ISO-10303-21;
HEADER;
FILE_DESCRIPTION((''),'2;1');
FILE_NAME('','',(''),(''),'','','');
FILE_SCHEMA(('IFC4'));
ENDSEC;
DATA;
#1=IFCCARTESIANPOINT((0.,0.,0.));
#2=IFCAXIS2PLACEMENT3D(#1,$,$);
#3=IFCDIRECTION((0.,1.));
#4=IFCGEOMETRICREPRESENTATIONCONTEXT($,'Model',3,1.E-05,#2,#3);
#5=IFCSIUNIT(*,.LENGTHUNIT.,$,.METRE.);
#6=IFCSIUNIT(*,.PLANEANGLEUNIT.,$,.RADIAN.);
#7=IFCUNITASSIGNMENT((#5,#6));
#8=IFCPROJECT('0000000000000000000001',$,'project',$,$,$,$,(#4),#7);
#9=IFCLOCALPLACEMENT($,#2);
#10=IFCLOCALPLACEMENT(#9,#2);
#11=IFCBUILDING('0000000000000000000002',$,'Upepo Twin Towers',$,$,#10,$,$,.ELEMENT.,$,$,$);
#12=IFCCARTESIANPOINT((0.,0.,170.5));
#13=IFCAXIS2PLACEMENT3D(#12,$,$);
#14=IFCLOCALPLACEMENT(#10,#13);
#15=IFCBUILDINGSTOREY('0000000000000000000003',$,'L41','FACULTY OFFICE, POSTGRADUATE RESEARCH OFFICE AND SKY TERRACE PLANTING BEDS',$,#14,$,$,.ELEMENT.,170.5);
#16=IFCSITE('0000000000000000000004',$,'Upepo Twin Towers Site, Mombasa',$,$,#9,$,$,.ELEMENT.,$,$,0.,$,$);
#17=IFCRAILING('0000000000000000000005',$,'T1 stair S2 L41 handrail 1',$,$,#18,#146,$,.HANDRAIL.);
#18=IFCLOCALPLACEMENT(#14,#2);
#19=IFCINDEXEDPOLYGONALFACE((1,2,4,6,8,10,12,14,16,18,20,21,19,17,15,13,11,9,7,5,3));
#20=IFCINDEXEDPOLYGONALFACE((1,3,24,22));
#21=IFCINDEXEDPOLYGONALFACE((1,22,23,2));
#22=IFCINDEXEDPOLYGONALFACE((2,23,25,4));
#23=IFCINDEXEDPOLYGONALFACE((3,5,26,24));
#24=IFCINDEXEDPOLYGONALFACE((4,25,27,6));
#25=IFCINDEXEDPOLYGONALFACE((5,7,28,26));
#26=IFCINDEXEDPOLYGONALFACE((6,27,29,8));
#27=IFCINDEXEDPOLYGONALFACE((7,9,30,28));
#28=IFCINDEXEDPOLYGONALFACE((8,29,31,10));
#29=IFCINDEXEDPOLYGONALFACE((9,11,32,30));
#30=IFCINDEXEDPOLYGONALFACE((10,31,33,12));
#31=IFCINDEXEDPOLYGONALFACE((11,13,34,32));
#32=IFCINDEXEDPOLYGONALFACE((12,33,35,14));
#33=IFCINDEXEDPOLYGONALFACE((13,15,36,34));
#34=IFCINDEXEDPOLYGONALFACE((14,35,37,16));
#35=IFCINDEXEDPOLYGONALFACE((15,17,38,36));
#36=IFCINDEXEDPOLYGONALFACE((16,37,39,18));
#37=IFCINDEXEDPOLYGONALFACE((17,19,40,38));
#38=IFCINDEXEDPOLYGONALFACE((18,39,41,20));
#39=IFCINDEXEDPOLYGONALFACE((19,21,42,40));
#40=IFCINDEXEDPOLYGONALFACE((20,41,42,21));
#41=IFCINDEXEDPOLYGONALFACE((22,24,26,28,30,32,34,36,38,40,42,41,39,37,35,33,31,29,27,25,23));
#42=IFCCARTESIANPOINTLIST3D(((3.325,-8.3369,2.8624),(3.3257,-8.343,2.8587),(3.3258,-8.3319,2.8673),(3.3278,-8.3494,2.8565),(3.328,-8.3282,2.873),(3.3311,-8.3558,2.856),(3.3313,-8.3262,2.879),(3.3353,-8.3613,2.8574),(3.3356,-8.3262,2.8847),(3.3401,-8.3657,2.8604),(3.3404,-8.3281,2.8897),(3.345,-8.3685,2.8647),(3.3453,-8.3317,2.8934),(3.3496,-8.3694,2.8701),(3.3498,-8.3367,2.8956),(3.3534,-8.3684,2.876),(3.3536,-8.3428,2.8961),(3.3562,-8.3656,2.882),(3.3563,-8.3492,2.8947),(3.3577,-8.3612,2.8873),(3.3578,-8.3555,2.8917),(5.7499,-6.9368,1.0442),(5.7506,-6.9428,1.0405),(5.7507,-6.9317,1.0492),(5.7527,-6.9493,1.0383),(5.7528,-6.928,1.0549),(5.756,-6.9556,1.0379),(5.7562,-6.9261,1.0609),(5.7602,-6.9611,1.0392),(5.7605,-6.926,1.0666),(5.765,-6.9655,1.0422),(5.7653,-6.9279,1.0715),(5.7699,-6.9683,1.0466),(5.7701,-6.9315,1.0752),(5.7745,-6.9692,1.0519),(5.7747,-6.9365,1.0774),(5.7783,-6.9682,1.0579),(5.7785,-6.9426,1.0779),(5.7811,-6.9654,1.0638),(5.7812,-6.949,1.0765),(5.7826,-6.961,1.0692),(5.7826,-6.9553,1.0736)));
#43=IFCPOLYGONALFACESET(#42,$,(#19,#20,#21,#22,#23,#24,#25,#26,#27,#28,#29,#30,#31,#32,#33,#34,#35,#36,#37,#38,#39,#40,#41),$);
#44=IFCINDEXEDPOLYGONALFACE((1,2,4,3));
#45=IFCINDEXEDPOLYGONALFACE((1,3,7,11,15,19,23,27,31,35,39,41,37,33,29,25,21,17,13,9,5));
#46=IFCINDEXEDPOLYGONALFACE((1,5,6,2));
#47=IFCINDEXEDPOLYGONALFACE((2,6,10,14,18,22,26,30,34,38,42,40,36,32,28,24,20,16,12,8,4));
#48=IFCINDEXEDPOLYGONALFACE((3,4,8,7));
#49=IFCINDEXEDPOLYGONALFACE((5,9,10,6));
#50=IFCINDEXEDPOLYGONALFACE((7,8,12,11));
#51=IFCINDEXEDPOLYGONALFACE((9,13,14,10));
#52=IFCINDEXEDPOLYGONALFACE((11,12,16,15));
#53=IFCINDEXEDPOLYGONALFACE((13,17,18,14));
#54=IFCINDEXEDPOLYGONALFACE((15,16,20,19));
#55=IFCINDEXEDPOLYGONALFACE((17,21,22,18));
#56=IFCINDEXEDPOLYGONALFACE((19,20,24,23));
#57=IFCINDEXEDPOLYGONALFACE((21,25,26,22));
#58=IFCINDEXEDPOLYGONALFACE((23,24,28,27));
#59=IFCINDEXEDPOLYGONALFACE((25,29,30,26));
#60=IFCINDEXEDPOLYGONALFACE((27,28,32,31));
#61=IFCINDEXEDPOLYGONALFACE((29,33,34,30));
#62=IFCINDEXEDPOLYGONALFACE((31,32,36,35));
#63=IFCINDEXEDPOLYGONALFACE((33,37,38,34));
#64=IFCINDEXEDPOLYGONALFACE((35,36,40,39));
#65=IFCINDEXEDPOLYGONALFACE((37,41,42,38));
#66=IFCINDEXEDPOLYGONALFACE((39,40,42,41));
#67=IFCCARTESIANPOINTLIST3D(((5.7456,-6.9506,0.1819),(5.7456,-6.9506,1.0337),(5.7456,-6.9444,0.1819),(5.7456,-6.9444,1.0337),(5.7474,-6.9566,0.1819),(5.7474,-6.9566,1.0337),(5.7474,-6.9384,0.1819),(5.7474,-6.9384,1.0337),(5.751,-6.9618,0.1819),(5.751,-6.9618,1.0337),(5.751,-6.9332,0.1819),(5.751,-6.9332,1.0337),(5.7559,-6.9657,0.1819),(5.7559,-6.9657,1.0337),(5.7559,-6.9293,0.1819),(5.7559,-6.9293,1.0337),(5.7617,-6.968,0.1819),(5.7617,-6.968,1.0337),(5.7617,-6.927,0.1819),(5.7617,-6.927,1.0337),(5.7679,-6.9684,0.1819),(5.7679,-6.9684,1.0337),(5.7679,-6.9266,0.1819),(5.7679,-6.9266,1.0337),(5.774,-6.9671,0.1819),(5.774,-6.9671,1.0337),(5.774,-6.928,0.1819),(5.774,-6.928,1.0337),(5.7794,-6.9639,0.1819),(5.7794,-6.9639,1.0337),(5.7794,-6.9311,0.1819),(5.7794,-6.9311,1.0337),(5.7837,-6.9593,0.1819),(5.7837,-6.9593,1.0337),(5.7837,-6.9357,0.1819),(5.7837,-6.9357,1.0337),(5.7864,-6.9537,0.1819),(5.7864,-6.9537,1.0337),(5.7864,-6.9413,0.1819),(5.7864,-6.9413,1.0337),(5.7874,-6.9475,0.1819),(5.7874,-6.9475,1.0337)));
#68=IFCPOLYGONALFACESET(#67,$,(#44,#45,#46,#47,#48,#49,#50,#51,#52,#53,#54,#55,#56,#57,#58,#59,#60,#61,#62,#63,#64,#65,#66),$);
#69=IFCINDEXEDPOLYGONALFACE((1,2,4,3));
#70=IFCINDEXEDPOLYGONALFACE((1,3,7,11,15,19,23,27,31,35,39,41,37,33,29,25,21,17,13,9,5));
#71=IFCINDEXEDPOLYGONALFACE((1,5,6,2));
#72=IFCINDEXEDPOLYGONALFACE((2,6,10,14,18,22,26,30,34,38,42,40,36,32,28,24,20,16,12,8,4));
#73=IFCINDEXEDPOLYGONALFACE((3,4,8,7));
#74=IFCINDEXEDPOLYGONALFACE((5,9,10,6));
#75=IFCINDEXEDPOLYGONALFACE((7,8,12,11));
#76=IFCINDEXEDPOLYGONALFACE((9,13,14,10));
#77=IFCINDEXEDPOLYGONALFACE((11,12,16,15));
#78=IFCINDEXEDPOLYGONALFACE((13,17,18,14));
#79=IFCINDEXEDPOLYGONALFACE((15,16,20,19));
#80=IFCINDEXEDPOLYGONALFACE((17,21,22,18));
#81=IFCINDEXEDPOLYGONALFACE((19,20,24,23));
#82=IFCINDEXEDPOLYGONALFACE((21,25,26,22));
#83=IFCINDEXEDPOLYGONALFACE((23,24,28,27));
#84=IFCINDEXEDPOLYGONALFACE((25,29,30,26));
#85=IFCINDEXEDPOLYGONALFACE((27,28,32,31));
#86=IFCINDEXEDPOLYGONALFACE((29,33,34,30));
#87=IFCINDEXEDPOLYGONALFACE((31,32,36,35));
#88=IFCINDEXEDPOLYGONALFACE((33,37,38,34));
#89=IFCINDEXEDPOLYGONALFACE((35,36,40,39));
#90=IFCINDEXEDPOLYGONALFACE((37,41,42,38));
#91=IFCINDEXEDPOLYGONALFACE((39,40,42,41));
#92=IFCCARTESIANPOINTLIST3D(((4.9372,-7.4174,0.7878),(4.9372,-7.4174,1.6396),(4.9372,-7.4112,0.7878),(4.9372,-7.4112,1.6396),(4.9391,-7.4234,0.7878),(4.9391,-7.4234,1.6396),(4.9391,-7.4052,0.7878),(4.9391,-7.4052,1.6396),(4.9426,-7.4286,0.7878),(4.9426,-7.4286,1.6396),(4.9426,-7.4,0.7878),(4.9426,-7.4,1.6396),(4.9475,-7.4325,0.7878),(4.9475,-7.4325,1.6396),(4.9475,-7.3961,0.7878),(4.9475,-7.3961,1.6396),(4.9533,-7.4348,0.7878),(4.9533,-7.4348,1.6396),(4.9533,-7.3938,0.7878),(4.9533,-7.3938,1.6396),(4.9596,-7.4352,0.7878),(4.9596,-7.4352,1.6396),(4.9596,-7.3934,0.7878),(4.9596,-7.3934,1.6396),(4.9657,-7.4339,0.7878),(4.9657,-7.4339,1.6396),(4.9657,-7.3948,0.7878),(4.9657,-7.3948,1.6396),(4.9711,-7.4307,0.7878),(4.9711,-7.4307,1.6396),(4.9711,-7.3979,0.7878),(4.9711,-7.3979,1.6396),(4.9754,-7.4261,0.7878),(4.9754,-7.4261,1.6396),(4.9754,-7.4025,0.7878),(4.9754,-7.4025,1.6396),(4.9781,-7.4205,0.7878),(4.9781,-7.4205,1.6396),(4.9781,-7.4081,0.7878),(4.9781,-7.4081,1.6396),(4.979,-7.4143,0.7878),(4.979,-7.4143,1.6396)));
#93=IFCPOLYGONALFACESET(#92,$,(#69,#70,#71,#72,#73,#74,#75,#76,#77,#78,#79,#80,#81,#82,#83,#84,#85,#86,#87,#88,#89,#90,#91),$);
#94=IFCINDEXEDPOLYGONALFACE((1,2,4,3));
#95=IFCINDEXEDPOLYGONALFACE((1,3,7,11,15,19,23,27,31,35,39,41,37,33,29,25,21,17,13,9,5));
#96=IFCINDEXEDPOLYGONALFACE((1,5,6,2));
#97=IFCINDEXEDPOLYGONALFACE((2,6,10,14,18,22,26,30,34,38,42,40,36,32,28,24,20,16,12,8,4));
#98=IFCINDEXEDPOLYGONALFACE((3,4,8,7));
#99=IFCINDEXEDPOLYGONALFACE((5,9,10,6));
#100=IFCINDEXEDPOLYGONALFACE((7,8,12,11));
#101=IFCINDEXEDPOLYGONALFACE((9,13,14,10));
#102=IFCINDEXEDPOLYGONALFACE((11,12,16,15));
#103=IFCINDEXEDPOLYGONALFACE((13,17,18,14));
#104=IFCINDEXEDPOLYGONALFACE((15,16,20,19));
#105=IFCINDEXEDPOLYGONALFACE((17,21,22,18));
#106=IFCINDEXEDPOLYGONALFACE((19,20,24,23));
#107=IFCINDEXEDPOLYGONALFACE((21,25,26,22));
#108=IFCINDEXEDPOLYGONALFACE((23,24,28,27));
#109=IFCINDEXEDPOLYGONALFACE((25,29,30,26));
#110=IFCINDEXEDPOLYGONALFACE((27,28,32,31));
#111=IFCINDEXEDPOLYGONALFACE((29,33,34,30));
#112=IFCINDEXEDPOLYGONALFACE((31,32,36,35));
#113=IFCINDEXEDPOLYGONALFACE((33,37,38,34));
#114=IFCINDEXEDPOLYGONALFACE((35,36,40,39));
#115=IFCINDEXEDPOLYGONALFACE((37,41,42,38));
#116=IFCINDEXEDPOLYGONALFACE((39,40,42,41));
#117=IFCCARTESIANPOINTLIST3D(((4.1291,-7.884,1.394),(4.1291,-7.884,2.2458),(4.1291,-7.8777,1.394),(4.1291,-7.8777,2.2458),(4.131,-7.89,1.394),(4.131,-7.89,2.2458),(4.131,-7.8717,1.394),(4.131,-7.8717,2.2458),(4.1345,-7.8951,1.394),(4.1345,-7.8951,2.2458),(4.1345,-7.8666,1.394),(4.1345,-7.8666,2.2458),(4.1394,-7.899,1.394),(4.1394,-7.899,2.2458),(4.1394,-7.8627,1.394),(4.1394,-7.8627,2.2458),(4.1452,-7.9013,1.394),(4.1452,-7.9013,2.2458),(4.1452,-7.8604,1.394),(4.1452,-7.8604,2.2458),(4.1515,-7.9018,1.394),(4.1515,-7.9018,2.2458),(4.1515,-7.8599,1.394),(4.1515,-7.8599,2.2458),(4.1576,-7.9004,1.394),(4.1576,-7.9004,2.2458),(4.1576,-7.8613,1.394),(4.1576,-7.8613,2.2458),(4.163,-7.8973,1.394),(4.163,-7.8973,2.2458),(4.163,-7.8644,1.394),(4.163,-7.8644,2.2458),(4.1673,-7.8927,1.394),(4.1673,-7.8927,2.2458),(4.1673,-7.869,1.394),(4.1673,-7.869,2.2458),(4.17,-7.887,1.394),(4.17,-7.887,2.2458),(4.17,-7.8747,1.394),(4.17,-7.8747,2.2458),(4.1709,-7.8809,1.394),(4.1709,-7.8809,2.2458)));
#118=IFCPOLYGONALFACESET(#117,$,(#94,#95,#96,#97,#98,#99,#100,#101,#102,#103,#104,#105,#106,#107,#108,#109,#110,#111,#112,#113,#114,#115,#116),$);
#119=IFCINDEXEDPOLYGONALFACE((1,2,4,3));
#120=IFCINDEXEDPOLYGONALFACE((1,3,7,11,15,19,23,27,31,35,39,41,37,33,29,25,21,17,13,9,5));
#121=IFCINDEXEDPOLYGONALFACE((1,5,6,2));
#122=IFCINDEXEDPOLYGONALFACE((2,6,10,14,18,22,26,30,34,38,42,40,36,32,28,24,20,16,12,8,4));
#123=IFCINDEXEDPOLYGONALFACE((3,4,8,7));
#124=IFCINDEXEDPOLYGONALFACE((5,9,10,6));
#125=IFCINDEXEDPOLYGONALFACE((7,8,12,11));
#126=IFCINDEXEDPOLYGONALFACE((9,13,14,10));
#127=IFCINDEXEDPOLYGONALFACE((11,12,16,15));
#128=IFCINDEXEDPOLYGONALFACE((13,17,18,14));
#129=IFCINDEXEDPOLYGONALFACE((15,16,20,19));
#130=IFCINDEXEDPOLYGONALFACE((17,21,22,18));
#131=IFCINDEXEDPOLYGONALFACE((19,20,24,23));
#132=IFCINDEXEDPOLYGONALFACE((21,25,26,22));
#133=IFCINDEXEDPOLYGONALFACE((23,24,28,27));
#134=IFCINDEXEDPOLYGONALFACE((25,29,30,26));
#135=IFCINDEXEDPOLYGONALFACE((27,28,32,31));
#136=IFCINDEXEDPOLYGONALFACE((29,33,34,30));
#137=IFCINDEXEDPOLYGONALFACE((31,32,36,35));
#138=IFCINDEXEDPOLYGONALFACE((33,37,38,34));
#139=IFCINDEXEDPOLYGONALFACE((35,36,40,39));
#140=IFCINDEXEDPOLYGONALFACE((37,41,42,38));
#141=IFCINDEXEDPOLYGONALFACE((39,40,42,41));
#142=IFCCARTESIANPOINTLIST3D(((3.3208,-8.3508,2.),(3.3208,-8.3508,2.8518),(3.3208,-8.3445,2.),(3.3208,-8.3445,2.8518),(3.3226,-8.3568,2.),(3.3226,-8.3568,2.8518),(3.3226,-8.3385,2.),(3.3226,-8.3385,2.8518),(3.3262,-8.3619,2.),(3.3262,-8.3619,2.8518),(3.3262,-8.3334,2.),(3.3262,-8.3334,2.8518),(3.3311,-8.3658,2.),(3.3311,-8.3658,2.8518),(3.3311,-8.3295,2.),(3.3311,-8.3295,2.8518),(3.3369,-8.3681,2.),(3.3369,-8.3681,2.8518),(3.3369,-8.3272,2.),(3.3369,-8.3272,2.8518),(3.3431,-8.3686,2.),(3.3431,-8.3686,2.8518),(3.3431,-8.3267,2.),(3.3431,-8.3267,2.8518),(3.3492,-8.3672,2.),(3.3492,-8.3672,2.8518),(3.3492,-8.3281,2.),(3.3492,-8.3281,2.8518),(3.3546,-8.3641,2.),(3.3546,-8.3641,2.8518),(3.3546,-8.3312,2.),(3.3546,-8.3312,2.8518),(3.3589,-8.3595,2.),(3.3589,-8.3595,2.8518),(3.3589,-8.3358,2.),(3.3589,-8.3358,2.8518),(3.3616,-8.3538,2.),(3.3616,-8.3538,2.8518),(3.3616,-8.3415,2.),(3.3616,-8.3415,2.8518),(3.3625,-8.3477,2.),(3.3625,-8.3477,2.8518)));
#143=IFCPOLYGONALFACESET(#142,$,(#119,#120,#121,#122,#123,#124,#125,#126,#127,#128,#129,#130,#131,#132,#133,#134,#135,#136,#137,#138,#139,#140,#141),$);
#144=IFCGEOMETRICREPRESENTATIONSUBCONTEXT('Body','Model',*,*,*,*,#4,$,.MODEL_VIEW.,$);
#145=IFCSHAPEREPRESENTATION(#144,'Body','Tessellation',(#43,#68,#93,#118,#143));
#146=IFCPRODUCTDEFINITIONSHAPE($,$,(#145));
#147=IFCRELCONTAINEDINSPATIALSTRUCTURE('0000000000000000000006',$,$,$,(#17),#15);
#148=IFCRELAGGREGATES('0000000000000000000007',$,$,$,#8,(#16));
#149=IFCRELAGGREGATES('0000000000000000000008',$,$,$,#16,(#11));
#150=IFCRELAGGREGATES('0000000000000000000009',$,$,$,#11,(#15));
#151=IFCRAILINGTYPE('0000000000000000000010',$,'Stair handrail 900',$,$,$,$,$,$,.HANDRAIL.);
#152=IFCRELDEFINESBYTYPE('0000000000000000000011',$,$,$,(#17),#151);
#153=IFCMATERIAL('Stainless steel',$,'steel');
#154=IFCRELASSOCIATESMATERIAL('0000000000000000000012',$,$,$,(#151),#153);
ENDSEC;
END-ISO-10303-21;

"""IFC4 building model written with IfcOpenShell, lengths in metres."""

from ifc_helpers import new_model, si_unit, direction, frame, origin, origin_2d, place, context, subcontext, project, spatial, circle, extrude, material, type_object, element, save


model = new_model("IFC4")

# Units and contexts
model_context = context("Model", 3, precision=1e-05, world=origin(), true_north=direction((0.0, 1.0)))
body_context = subcontext(model_context, "Body", "Model", "MODEL_VIEW")
ifc_project = project(units=[si_unit("LENGTHUNIT", "METRE"), si_unit("PLANEANGLEUNIT", "RADIAN")], contexts=[model_context])

# Site, building, storey
site_placement = place(None, origin())
site = spatial("IfcSite", under=ifc_project, at=site_placement, Name="Upepo Twin Towers Site, Mombasa", CompositionType="ELEMENT", RefElevation=0.0)
building_placement = place(site_placement, origin())
building = spatial("IfcBuilding", under=site, at=building_placement, Name="Upepo Twin Towers", CompositionType="ELEMENT")
storey_placement = place(building_placement, frame((0.0, 0.0, 170.5)))
storey = spatial("IfcBuildingStorey", under=building, at=storey_placement, Name="L41", Description="FACULTY OFFICE, POSTGRADUATE RESEARCH OFFICE AND SKY TERRACE PLANTING BEDS", CompositionType="ELEMENT", Elevation=170.5)

# Railing
ifc_material_1 = material(Name="Stainless steel", Category="steel")
railing_type_1 = type_object("IfcRailingType", Name="Stair handrail 900", PredefinedType="HANDRAIL", material=ifc_material_1)
railing_1_placement = place(storey_placement, frame((5.7664, -6.9475, 0.1819)))
element("IfcRailing", 1, at=railing_1_placement, inside=storey, type_object=railing_type_1, Name="T1 stair S2 L41 handrail 1", PredefinedType="HANDRAIL", context=body_context, shape_type="SweptSolid", body=[
    extrude(circle(Radius=0.0239, at=origin_2d()), frame((0.0, 0.0, 0.876), z_axis=(-0.726314, -0.419393, 0.544589), x_axis=(0.50005, -0.865997, 0.0)), (0.0, 0.0, 1.0), 3.3386),
    extrude(circle(Radius=0.021, at=origin_2d()), origin(), (0.0, 0.0, 1.0), 0.8518),
    extrude(circle(Radius=0.021, at=origin_2d()), frame((-0.8083, -0.4668, 0.606)), (0.0, 0.0, 1.0), 0.8518),
    extrude(circle(Radius=0.021, at=origin_2d()), frame((-1.6165, -0.9333, 1.2122)), (0.0, 0.0, 1.0), 0.8518),
    extrude(circle(Radius=0.021, at=origin_2d()), frame((-2.4248, -1.4001, 1.8181)), (0.0, 0.0, 1.0), 0.8518),
])

save(model, "model.ifc")
